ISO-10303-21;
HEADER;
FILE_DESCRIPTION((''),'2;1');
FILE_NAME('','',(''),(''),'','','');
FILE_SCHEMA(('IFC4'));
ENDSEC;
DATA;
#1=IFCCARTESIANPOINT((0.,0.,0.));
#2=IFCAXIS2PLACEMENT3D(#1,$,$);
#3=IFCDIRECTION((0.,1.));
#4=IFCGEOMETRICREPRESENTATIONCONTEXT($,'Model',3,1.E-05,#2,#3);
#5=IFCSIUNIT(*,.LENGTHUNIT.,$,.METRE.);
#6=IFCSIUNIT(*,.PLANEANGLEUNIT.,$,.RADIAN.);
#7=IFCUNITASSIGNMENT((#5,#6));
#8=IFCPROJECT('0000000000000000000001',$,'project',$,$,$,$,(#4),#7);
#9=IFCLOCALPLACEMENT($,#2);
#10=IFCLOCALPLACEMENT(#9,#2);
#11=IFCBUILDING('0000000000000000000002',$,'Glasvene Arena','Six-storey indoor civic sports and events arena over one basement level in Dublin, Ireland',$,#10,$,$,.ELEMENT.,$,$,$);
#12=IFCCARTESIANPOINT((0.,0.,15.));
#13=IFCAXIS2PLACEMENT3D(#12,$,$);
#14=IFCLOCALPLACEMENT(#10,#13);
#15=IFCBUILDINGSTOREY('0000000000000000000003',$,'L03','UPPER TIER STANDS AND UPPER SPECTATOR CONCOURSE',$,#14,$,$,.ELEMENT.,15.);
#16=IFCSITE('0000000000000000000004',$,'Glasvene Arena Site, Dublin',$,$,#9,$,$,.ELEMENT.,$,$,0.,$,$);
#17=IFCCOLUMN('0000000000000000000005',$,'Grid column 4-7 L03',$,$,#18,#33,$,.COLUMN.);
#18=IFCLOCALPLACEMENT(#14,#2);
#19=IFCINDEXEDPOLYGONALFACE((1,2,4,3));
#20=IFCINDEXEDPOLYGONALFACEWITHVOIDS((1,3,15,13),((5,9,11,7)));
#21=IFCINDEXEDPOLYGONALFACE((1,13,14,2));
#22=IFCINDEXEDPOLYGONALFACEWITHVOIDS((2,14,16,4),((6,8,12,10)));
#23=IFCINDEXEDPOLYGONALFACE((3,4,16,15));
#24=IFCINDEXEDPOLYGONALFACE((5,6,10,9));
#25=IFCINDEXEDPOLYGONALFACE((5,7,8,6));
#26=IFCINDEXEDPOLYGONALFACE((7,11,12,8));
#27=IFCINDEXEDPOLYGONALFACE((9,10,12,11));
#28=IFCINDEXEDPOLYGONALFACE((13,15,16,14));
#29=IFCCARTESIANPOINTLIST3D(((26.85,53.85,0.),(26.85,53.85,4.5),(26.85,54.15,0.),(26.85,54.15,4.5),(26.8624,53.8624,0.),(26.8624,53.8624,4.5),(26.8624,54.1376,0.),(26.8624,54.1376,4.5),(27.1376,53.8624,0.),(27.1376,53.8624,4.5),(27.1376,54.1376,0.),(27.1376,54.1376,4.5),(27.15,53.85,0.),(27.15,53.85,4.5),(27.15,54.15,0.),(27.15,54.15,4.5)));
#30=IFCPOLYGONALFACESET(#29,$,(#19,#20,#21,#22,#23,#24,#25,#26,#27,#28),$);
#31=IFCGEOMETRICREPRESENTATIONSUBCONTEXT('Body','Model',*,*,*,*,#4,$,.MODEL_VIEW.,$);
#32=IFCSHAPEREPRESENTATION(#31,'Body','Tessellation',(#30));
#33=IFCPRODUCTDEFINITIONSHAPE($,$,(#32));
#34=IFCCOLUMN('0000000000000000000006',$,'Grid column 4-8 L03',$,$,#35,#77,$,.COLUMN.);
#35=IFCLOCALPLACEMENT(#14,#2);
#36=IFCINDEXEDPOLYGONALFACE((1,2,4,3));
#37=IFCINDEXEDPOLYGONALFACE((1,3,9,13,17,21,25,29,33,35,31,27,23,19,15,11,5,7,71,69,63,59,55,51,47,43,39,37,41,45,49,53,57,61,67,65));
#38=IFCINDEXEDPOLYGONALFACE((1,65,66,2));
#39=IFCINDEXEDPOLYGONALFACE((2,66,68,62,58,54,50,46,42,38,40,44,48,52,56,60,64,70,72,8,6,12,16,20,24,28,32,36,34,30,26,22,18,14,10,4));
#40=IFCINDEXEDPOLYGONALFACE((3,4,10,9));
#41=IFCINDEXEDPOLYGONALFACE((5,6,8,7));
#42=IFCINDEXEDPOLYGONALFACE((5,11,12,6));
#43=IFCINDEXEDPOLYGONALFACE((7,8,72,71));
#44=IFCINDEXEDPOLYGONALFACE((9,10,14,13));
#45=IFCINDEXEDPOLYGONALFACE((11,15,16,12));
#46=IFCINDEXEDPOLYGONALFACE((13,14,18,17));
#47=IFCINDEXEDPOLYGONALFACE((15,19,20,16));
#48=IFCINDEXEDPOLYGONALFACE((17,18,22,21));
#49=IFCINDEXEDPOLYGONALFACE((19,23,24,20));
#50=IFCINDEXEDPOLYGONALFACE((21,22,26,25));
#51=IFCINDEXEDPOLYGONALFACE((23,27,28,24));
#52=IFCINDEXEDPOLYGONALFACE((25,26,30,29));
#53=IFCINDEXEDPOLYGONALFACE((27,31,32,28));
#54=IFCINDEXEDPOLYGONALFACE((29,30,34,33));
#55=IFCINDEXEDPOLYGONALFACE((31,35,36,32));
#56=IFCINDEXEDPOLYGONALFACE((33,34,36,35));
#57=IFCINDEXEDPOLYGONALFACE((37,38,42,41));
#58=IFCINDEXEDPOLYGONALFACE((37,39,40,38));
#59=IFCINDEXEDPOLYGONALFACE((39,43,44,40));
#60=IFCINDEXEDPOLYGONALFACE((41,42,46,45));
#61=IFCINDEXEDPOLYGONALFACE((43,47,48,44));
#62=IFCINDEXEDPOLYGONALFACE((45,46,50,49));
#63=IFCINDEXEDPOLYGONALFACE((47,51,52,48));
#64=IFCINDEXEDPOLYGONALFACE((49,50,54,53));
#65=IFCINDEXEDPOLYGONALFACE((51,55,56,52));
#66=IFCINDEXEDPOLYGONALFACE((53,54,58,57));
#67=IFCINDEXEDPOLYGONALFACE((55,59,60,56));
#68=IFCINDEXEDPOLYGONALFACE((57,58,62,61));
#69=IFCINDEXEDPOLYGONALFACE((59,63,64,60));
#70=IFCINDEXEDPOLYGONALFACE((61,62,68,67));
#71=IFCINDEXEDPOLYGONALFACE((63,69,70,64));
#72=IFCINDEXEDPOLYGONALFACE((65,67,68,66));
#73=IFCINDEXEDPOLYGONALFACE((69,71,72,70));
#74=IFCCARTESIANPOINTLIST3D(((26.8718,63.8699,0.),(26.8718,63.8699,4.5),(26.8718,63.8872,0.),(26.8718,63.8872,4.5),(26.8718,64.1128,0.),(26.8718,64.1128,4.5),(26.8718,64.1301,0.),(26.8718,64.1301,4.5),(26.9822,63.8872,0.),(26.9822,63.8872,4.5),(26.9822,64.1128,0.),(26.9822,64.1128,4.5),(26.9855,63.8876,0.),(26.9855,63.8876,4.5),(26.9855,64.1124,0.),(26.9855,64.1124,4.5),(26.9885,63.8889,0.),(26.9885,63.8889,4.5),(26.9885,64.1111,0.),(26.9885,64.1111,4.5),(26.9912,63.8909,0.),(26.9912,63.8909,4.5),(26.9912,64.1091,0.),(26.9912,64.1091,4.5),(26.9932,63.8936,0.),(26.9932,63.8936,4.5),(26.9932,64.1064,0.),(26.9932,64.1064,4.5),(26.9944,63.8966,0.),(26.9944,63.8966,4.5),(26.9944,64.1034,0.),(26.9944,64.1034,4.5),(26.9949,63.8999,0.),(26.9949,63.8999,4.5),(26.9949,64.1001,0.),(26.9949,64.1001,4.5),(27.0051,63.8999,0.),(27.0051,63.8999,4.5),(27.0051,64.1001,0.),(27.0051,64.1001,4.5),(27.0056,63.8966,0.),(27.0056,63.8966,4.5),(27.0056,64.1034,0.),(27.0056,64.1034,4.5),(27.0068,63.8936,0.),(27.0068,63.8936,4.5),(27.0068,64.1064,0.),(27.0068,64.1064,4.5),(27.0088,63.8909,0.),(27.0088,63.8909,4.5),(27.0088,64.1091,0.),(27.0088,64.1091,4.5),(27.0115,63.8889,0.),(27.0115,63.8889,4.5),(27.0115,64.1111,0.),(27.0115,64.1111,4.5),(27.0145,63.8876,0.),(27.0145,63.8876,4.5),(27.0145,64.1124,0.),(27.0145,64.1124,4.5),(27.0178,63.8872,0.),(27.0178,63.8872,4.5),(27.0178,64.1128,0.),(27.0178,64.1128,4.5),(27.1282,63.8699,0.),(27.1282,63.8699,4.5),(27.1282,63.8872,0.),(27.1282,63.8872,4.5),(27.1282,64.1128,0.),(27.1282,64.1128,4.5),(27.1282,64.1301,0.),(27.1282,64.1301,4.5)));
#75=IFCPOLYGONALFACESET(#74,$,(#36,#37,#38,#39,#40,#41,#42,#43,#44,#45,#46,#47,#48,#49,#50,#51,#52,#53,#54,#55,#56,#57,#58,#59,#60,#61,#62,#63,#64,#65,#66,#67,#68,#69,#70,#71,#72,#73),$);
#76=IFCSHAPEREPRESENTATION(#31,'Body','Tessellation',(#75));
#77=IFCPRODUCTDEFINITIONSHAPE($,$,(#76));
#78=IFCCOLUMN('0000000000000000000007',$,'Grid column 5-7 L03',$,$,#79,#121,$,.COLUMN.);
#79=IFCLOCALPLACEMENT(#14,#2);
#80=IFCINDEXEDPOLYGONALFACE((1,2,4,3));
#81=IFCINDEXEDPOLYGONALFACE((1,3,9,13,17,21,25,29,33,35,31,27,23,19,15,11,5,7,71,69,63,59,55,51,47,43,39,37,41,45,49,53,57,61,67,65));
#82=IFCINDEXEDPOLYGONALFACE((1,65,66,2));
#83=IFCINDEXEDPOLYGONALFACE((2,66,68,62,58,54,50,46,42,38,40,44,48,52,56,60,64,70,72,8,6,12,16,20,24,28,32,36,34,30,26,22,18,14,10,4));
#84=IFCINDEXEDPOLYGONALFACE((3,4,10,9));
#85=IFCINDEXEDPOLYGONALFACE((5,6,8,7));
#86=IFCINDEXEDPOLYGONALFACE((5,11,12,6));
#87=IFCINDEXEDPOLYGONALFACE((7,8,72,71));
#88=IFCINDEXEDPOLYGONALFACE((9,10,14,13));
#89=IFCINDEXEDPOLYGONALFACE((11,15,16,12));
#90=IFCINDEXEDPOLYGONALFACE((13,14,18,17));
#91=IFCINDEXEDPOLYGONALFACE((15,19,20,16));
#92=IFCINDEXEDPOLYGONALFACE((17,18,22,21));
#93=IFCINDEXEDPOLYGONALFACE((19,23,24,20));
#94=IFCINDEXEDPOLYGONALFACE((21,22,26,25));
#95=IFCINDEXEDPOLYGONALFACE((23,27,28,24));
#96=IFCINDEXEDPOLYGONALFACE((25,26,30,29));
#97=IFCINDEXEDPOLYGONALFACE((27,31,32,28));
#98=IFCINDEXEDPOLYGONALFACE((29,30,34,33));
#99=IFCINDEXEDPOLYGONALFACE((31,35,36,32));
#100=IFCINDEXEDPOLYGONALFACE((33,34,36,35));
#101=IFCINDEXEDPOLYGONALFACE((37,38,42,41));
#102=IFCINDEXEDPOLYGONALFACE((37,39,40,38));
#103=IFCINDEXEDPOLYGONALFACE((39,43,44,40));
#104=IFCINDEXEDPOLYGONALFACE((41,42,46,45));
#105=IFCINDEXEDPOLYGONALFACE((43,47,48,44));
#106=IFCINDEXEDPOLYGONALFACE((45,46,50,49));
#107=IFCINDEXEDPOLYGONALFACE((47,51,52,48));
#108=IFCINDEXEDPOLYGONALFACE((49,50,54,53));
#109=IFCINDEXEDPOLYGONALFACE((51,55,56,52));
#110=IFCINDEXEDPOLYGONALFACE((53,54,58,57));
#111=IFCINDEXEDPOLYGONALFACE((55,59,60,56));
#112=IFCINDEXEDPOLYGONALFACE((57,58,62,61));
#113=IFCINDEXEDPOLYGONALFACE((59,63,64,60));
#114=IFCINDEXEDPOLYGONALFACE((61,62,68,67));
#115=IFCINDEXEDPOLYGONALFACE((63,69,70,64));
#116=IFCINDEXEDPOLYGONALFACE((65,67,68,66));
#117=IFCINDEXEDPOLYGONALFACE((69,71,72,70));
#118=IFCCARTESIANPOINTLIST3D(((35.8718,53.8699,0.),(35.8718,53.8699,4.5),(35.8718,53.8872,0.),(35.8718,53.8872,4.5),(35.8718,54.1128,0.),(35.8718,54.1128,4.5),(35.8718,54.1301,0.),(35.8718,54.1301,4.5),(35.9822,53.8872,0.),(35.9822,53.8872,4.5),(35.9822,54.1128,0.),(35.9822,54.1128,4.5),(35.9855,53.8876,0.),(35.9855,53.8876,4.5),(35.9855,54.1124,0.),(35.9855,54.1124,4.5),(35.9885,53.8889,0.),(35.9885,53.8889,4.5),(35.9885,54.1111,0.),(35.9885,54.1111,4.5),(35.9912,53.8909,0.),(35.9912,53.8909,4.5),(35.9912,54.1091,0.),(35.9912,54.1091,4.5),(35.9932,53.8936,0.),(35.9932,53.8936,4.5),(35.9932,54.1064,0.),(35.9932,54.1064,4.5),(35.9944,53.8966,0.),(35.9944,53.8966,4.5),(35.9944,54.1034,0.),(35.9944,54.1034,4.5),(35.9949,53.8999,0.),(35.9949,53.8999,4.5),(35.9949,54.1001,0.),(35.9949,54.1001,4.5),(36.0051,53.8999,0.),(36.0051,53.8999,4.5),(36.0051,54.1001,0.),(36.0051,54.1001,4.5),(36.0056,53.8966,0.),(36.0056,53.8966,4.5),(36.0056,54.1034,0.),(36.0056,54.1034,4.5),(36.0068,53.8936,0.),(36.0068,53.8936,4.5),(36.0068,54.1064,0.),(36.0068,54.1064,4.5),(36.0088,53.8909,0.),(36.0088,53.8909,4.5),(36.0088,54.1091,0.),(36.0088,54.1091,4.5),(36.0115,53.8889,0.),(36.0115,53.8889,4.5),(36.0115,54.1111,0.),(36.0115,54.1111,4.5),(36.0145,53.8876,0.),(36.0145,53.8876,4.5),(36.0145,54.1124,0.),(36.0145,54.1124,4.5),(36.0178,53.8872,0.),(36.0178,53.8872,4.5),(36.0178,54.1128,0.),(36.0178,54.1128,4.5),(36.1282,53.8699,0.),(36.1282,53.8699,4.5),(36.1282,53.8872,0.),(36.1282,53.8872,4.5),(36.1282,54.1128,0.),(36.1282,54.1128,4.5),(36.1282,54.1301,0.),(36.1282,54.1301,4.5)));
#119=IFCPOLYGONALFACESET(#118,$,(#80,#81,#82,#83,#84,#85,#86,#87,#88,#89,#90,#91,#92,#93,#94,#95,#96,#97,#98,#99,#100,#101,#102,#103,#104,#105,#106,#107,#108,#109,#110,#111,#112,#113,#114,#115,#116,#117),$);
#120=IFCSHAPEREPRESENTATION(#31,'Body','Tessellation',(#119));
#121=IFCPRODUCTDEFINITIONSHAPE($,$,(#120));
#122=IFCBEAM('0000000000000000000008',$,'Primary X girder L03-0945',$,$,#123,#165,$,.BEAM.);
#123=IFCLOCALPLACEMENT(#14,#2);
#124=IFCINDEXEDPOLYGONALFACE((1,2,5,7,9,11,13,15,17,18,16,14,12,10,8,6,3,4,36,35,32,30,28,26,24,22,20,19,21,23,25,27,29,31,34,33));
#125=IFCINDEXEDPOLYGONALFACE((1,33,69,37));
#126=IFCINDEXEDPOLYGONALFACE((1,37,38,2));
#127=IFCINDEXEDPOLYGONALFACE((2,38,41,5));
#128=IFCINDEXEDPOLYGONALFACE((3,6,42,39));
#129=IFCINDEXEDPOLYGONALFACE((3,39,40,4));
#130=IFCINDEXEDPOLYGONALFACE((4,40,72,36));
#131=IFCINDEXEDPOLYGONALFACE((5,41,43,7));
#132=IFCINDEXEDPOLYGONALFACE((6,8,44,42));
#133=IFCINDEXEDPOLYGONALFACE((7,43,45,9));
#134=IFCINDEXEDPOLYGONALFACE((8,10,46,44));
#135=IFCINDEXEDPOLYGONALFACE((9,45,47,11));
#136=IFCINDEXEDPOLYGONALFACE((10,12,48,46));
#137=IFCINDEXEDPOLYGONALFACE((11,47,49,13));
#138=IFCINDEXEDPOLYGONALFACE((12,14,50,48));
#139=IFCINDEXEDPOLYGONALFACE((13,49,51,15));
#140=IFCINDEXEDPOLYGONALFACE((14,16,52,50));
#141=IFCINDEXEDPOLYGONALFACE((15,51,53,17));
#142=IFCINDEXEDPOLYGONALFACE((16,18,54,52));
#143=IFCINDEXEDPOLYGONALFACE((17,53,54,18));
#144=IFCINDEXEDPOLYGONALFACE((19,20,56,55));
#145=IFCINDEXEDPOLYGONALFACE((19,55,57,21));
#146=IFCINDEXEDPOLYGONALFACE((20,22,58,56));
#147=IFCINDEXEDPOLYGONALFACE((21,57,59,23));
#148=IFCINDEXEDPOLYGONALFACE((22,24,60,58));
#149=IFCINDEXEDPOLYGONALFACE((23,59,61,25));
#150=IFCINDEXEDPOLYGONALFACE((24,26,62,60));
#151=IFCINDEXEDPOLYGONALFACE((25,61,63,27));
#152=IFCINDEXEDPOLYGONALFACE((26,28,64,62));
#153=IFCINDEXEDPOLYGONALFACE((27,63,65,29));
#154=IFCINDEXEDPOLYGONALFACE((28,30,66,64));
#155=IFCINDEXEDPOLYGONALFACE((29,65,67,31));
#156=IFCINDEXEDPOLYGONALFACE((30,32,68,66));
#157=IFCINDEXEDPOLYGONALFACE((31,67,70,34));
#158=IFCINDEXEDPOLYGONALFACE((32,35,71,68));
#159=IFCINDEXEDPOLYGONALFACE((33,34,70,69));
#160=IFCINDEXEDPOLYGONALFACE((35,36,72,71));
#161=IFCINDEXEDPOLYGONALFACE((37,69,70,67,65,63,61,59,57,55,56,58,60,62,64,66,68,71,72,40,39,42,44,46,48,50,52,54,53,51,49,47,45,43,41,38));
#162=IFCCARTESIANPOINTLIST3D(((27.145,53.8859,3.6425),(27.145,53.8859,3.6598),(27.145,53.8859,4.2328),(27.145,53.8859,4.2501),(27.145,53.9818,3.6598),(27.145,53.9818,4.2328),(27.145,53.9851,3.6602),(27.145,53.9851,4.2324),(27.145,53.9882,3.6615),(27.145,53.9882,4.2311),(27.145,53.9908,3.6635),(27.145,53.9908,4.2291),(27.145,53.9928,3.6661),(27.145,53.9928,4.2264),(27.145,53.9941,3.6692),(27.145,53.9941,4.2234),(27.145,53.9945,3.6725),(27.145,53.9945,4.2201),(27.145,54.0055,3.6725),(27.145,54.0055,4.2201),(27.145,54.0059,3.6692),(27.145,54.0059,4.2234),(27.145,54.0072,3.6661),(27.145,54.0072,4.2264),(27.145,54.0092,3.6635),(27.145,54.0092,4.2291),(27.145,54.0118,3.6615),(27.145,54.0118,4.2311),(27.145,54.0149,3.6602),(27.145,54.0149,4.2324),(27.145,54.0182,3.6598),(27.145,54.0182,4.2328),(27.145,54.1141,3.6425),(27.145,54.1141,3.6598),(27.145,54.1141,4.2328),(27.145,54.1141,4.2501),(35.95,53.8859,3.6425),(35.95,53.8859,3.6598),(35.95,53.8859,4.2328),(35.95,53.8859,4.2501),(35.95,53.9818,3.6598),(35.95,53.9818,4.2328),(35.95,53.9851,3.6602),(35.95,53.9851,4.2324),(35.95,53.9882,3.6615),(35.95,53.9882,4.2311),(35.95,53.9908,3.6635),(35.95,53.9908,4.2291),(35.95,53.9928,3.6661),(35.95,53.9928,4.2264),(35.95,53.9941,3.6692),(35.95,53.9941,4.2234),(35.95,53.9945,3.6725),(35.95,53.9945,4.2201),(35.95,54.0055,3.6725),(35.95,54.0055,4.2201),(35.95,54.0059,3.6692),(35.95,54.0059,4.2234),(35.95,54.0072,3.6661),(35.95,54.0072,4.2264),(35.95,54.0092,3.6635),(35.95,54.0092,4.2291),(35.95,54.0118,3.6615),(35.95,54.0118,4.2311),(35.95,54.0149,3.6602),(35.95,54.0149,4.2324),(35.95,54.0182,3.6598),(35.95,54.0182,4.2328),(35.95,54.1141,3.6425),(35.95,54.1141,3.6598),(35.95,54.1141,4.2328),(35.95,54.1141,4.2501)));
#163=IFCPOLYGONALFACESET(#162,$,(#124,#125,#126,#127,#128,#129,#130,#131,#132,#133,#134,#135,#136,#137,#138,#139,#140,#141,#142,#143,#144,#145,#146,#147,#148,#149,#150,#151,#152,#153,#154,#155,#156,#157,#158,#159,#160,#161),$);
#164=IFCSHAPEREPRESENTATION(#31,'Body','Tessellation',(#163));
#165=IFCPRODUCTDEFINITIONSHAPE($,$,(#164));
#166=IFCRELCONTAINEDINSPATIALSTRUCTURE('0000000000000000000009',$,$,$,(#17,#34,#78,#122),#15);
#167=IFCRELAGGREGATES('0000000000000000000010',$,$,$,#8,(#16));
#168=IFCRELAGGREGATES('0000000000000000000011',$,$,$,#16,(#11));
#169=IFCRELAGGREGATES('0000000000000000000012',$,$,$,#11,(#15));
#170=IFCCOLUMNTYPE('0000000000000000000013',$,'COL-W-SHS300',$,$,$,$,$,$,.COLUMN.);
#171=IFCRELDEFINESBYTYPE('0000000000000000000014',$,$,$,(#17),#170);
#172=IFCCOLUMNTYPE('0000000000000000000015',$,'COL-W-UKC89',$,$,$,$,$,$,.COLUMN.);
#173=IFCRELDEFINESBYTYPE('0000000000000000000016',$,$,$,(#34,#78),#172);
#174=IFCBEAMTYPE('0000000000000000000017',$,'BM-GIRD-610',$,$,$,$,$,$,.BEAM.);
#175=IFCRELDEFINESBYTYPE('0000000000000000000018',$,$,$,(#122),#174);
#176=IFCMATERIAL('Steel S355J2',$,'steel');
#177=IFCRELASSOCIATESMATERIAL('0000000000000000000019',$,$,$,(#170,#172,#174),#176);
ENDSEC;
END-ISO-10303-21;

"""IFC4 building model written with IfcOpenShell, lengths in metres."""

from ifc_helpers import new_model, si_unit, direction, frame, origin, origin_2d, place, context, subcontext, project, spatial, hollow_rectangle, i_section, extrude, material, material_profile, profile_set, type_object, element, save


model = new_model("IFC4")

# Units and contexts
model_context = context("Model", 3, precision=1e-05, world=origin(), true_north=direction((0.0, 1.0)))
body_context = subcontext(model_context, "Body", "Model", "MODEL_VIEW")
ifc_project = project(units=[si_unit("LENGTHUNIT", "METRE"), si_unit("PLANEANGLEUNIT", "RADIAN")], contexts=[model_context])

# Site, building, storey
site_placement = place(None, origin())
site = spatial("IfcSite", under=ifc_project, at=site_placement, Name="Glasvene Arena Site, Dublin", CompositionType="ELEMENT", RefElevation=0.0)
building_placement = place(site_placement, origin())
building = spatial("IfcBuilding", under=site, at=building_placement, Name="Glasvene Arena", Description="Six-storey indoor civic sports and events arena over one basement level in Dublin, Ireland", CompositionType="ELEMENT")
storey_placement = place(building_placement, frame((0.0, 0.0, 15.0)))
storey = spatial("IfcBuildingStorey", under=building, at=storey_placement, Name="L03", Description="UPPER TIER STANDS AND UPPER SPECTATOR CONCOURSE", CompositionType="ELEMENT", Elevation=15.0)

# Columns
ifc_material_1 = material(Name="Steel S355J2", Category="steel")
ifc_material_profile_1 = material_profile(ifc_material_1, hollow_rectangle(XDim=0.3, YDim=0.3, WallThickness=0.0125, at=origin_2d()), Name="SHS 300x300x12.5")
ifc_profile_set_1 = profile_set([ifc_material_profile_1], Name="Steel S355J2")
column_type_1 = type_object("IfcColumnType", Name="COL-W-SHS300", PredefinedType="COLUMN", material=ifc_profile_set_1)
column_placement = place(storey_placement, frame((27.0, 54.0, 0.0), z_axis=(0.0, 0.0, 1.0), x_axis=(1.0, 0.0, 0.0)))
element("IfcColumn", 1, at=column_placement, inside=storey, type_object=column_type_1, Name="Grid column 4-7 L03", PredefinedType="COLUMN", context=body_context, shape_type="SweptSolid", body=[
    extrude(hollow_rectangle(XDim=0.3, YDim=0.3, WallThickness=0.0125, at=origin_2d()), origin(), (0.0, 0.0, 1.0), 4.5),
])
ifc_material_profile_2 = material_profile(ifc_material_1, i_section(OverallWidth=0.2563, OverallDepth=0.2603, WebThickness=0.0103, FlangeThickness=0.0173, FilletRadius=0.0127, at=origin_2d()), Name="UKC 254x254x89")
ifc_profile_set_2 = profile_set([ifc_material_profile_2], Name="Steel S355J2")
column_type_2 = type_object("IfcColumnType", Name="COL-W-UKC89", PredefinedType="COLUMN", material=ifc_profile_set_2)
for number, where, z_axis, x_axis, name in (
    (2, (27.0, 64.0, 0.0), (0.0, 0.0, 1.0), (1.0, 0.0, 0.0), "Grid column 4-8 L03"),
    (3, (36.0, 54.0, 0.0), (0.0, 0.0, 1.0), (1.0, 0.0, 0.0), "Grid column 5-7 L03"),
):
    element("IfcColumn", number, at=place(storey_placement, frame(where, z_axis=z_axis, x_axis=x_axis)), inside=storey, type_object=column_type_2, Name=name, PredefinedType="COLUMN", context=body_context, shape_type="SweptSolid", body=[
        extrude(i_section(OverallWidth=0.2563, OverallDepth=0.2603, WebThickness=0.0103, FlangeThickness=0.0173, FilletRadius=0.0127, at=origin_2d()), origin(), (0.0, 0.0, 1.0), 4.5),
    ])

# Beam
ifc_material_profile_3 = material_profile(ifc_material_1, i_section(OverallWidth=0.2283, OverallDepth=0.6077, WebThickness=0.011, FlangeThickness=0.0173, FilletRadius=0.0127, at=origin_2d()), Name="UKB 610x229x113")
ifc_profile_set_3 = profile_set([ifc_material_profile_3], Name="Steel S355J2")
beam_type_1 = type_object("IfcBeamType", Name="BM-GIRD-610", PredefinedType="BEAM", material=ifc_profile_set_3)
beam_1_placement = place(storey_placement, frame((27.145, 54.0, 3.9463), z_axis=(1.0, 0.0, 0.0), x_axis=(0.0, 1.0, 0.0)))
element("IfcBeam", 4, at=beam_1_placement, inside=storey, type_object=beam_type_1, Name="Primary X girder L03-0945", PredefinedType="BEAM", context=body_context, shape_type="SweptSolid", body=[
    extrude(i_section(OverallWidth=0.2283, OverallDepth=0.6077, WebThickness=0.011, FlangeThickness=0.0173, FilletRadius=0.0127, at=origin_2d()), origin(), (0.0, 0.0, 1.0), 8.8049),
])

save(model, "model.ifc")
